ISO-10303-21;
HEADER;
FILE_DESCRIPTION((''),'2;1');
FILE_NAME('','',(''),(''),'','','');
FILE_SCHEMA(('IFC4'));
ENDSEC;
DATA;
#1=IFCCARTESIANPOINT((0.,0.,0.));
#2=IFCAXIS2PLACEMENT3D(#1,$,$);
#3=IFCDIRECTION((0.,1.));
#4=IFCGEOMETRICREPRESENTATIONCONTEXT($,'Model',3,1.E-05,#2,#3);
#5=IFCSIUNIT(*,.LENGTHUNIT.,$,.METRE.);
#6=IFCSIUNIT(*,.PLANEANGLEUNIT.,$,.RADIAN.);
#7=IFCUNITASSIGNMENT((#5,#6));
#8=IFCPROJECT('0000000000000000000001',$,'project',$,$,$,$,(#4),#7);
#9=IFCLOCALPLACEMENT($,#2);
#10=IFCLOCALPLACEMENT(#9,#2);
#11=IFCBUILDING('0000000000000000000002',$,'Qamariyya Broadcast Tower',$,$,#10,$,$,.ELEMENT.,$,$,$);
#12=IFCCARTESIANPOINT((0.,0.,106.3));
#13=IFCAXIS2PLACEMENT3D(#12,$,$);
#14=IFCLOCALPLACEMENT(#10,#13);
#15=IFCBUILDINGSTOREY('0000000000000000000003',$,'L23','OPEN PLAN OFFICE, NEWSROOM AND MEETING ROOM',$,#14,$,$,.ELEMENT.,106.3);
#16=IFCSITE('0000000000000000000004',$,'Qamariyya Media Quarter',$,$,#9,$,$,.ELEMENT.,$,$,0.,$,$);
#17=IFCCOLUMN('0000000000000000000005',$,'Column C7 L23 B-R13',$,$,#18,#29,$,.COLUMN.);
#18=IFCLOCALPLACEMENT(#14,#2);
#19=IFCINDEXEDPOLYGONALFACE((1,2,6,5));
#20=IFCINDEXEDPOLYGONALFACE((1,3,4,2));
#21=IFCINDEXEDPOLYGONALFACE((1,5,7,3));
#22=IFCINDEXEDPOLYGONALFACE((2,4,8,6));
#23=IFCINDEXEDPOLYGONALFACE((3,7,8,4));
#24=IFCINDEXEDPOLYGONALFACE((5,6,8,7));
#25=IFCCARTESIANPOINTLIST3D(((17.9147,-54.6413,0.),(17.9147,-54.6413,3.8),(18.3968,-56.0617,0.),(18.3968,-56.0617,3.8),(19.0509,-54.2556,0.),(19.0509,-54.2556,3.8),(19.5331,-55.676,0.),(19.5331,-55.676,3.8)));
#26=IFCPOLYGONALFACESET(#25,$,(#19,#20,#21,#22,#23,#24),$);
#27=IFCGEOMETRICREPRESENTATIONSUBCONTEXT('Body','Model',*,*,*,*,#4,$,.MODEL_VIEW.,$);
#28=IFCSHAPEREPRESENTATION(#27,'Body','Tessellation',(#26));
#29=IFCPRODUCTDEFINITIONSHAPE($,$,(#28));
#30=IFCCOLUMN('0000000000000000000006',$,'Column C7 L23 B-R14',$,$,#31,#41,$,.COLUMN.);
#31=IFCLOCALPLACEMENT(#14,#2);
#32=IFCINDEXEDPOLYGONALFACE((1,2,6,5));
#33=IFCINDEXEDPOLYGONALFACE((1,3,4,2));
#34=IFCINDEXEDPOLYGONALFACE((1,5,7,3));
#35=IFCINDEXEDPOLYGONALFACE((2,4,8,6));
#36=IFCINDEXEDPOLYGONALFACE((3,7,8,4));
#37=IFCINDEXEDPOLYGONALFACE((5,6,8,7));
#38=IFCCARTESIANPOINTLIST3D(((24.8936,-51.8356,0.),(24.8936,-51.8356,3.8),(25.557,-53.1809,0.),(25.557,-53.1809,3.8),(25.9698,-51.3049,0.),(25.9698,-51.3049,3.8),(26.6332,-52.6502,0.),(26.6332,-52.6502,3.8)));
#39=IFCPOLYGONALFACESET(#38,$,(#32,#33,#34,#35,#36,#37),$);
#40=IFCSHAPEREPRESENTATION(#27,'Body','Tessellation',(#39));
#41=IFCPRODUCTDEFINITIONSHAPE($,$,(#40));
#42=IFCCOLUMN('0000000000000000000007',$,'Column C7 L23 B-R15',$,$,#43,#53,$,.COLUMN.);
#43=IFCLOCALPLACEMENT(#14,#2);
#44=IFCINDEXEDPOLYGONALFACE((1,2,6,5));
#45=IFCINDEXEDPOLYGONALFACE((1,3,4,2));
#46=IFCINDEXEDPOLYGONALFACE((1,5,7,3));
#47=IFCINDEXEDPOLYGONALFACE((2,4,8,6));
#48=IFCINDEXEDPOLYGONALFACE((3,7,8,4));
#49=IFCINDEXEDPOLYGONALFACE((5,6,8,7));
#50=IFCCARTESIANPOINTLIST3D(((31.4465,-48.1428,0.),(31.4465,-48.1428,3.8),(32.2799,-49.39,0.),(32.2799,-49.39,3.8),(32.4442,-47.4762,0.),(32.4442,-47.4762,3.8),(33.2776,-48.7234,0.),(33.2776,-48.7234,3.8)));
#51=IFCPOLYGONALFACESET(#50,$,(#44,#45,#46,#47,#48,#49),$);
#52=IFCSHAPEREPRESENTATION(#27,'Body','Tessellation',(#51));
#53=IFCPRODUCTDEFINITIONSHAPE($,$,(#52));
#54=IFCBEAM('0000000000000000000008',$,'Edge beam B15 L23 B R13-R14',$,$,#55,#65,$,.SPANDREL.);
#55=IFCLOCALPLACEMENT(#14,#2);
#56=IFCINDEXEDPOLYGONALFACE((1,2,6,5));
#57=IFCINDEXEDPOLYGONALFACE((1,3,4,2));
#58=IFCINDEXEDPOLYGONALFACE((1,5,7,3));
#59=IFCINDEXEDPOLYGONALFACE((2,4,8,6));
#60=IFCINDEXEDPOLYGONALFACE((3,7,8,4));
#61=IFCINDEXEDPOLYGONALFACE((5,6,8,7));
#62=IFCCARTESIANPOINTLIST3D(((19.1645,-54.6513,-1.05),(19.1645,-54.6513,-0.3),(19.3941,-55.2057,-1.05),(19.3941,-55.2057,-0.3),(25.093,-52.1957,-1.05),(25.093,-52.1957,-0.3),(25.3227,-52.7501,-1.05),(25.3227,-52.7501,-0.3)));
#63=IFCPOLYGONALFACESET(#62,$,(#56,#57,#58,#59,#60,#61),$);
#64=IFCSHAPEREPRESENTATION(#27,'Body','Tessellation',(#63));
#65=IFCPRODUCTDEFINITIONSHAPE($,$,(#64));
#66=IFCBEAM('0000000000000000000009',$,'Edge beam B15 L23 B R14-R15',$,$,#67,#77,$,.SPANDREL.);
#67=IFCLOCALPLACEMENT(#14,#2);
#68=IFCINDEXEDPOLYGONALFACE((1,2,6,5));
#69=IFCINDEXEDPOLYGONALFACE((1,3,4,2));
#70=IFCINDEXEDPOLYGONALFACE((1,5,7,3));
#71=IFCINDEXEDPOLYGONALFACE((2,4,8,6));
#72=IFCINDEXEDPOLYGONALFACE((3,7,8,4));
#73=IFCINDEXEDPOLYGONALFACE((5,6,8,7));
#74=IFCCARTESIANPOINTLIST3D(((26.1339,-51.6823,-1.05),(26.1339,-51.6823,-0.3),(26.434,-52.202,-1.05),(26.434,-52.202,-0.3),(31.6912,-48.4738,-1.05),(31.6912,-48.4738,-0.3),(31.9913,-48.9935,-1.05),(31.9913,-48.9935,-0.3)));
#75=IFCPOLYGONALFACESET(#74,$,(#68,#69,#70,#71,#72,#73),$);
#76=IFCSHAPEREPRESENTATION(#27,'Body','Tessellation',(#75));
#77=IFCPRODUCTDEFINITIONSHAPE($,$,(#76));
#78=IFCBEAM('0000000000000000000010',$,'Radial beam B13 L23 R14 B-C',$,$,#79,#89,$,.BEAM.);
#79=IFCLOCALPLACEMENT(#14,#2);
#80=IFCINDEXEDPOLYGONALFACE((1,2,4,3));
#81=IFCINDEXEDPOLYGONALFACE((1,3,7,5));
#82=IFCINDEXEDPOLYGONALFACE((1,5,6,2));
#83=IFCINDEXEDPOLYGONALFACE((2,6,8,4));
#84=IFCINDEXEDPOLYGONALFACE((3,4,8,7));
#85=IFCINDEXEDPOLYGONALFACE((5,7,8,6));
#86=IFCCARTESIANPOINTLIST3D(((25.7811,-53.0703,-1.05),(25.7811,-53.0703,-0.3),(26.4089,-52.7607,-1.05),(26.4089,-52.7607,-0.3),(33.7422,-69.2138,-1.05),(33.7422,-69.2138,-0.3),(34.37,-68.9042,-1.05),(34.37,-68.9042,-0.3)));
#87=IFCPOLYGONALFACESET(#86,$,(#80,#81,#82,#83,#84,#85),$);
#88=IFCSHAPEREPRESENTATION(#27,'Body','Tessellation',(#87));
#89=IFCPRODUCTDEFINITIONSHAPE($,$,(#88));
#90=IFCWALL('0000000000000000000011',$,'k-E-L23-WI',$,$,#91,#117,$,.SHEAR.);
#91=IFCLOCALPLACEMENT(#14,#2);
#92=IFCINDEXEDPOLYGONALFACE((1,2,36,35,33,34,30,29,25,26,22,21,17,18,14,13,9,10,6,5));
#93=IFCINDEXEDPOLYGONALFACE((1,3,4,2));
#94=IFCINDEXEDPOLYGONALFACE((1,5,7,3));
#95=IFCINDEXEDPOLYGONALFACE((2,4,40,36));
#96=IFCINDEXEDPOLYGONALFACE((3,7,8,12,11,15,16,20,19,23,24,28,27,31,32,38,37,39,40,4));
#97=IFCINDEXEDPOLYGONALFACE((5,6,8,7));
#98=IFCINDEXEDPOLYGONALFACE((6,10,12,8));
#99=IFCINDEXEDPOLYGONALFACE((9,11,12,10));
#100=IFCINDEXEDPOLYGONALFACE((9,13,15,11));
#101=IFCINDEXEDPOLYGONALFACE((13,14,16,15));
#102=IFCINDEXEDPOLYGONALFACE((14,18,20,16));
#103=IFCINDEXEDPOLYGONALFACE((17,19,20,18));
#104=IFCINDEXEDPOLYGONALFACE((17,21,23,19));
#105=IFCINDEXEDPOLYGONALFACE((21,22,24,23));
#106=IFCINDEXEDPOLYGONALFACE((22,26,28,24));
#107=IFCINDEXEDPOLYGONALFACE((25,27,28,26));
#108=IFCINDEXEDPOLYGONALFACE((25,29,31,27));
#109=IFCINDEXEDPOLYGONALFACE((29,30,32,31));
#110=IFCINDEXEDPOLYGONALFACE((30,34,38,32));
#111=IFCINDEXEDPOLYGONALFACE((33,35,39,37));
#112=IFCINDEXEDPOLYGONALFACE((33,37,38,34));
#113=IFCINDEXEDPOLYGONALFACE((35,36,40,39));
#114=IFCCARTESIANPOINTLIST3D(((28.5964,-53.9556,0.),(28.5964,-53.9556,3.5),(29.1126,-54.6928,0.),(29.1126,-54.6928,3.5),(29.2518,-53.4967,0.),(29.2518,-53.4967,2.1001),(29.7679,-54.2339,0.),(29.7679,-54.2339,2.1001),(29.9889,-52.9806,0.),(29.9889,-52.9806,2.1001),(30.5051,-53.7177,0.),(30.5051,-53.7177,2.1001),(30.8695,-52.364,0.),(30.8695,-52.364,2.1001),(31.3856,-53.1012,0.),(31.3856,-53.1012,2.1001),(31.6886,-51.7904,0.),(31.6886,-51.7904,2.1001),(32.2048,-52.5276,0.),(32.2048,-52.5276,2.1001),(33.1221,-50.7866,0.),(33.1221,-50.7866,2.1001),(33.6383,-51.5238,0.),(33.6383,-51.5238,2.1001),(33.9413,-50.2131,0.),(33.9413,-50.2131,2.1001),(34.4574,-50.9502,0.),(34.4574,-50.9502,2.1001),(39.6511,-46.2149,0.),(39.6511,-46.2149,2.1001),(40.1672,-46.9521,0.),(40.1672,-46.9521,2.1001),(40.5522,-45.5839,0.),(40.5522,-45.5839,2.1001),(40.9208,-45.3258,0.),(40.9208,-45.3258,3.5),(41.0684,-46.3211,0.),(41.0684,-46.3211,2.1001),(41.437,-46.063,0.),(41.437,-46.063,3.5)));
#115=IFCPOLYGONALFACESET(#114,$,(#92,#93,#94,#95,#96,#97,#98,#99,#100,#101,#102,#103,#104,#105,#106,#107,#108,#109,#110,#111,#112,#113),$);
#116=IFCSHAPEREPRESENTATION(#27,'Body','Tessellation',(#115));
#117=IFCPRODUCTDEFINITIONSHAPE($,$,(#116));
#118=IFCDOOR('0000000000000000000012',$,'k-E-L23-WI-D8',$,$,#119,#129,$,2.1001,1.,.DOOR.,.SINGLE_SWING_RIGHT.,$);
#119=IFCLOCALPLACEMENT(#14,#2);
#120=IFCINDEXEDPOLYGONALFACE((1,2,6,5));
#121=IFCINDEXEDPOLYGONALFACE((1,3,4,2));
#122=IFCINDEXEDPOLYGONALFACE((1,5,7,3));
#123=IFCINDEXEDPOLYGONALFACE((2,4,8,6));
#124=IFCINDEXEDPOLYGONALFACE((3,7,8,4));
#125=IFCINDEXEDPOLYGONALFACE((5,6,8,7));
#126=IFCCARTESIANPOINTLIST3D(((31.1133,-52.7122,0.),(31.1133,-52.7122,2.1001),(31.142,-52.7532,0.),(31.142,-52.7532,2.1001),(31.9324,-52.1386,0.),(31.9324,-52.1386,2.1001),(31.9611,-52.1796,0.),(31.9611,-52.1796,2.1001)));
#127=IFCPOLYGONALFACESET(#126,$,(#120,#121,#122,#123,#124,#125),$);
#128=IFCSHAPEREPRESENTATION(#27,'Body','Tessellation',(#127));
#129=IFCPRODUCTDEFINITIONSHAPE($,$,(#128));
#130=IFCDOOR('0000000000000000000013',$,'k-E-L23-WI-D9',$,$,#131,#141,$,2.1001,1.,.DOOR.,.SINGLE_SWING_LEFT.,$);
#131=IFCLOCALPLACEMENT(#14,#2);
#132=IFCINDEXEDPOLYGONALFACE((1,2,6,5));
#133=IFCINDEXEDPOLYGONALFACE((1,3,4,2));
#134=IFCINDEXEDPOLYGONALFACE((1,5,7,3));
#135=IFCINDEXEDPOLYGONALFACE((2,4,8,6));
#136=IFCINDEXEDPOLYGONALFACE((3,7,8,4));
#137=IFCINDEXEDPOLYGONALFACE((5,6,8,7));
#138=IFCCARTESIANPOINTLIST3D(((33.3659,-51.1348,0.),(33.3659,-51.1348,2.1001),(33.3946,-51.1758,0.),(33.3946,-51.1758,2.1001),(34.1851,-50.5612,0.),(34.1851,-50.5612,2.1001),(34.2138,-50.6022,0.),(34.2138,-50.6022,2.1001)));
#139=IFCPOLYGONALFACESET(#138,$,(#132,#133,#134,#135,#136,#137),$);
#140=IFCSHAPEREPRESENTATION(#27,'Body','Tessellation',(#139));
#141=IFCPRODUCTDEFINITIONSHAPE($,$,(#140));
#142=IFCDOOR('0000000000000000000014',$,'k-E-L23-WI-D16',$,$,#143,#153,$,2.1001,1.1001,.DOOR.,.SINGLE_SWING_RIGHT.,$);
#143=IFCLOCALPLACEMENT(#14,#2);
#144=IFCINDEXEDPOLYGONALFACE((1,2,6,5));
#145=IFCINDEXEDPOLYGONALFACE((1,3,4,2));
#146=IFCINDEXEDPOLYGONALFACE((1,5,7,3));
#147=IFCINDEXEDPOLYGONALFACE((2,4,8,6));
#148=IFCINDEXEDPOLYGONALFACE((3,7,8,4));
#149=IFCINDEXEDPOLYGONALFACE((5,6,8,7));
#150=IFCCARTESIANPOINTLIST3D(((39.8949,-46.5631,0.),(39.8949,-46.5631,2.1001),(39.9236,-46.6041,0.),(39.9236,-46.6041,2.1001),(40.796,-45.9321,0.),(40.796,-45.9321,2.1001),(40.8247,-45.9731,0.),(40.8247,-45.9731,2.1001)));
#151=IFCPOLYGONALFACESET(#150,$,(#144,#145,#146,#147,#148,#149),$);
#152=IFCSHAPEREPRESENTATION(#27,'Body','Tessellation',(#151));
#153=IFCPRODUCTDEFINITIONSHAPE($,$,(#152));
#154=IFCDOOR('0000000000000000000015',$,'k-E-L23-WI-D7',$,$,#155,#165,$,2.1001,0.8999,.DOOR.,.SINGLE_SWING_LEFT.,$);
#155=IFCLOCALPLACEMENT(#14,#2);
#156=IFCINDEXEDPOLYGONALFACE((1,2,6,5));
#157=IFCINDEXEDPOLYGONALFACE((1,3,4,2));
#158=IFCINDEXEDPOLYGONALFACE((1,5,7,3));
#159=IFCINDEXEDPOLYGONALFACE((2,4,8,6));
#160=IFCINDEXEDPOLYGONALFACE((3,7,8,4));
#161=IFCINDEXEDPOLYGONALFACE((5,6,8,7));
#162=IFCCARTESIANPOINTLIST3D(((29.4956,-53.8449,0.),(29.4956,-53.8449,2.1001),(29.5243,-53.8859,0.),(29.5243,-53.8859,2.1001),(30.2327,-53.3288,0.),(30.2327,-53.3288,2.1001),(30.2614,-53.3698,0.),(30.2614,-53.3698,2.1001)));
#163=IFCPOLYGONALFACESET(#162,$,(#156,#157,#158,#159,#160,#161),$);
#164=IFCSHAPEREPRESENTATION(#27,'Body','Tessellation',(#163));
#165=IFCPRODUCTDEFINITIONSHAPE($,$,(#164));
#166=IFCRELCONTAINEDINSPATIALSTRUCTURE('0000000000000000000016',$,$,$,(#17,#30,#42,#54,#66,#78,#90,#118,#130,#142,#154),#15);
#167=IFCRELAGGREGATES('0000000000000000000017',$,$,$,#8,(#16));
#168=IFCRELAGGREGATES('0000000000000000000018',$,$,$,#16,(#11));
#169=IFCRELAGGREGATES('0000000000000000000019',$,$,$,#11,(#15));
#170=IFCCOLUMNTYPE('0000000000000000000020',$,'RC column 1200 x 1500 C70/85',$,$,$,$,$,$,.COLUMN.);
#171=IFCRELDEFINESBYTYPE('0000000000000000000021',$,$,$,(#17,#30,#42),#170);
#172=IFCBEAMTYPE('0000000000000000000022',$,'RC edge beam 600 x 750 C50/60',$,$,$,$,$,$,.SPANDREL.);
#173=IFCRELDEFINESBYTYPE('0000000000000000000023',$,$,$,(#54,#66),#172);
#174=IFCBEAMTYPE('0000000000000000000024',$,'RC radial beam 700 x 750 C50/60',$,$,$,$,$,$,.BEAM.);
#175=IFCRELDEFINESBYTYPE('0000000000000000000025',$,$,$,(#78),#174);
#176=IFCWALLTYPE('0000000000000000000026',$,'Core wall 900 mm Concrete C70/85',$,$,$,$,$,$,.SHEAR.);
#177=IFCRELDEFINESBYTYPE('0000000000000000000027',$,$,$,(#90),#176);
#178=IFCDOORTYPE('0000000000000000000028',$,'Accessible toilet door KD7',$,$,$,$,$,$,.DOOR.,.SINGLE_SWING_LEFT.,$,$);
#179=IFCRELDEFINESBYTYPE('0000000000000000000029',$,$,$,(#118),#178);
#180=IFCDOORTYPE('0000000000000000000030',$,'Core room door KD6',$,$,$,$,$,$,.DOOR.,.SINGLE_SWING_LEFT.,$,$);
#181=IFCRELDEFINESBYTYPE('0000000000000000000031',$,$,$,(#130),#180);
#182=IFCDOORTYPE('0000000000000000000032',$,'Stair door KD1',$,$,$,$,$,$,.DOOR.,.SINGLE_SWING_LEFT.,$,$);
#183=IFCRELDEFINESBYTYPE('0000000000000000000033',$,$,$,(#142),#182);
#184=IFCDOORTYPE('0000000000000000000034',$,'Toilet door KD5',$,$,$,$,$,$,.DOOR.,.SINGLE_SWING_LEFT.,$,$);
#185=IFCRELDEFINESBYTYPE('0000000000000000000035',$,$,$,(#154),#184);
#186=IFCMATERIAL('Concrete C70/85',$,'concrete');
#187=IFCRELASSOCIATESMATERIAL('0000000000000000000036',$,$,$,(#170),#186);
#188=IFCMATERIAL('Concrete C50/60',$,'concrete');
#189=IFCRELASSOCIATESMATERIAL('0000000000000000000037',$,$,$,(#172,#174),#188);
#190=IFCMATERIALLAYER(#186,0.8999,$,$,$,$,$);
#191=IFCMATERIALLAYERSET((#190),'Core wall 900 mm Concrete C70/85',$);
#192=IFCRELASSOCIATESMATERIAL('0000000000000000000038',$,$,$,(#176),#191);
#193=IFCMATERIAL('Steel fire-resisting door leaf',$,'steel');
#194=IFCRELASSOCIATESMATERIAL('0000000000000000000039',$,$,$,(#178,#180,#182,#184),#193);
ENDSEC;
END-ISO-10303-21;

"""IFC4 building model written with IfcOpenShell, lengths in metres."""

from ifc_helpers import new_model, si_unit, direction, frame, frame_2d, origin, origin_2d, place, context, subcontext, project, spatial, rectangle, extrude, material, layer, layer_set, material_profile, profile_set, type_object, element, fill, save


model = new_model("IFC4")

# Units and contexts
model_context = context("Model", 3, precision=1e-05, world=origin(), true_north=direction((0.0, 1.0)))
body_context = subcontext(model_context, "Body", "Model", "MODEL_VIEW")
ifc_project = project(units=[si_unit("LENGTHUNIT", "METRE"), si_unit("PLANEANGLEUNIT", "RADIAN")], contexts=[model_context])

# Site, building, storey
site_placement = place(None, origin())
site = spatial("IfcSite", under=ifc_project, at=site_placement, Name="Qamariyya Media Quarter", CompositionType="ELEMENT", RefElevation=0.0)
building_placement = place(site_placement, origin())
building = spatial("IfcBuilding", under=site, at=building_placement, Name="Qamariyya Broadcast Tower", CompositionType="ELEMENT")
storey_placement = place(building_placement, frame((0.0, 0.0, 106.3)))
storey = spatial("IfcBuildingStorey", under=building, at=storey_placement, Name="L23", Description="OPEN PLAN OFFICE, NEWSROOM AND MEETING ROOM", CompositionType="ELEMENT", Elevation=106.3)

# Columns
ifc_material_1 = material(Name="Concrete C70/85", Category="concrete")
ifc_material_profile_1 = material_profile(ifc_material_1, rectangle(XDim=1.2, YDim=1.5, at=origin_2d()))
ifc_profile_set_1 = profile_set([ifc_material_profile_1], Name="Concrete C70/85")
column_type = type_object("IfcColumnType", Name="RC column 1200 x 1500 C70/85", PredefinedType="COLUMN", material=ifc_profile_set_1)
for number, where, z_axis, x_axis, name in (
    (1, (18.7239, -55.1587, 0.0), (0.0, 0.0, 1.0), (0.94693, 0.321439, 0.0), "Column C7 L23 B-R13"),
    (2, (25.7634, -52.2429, 0.0), (0.0, 0.0, 1.0), (0.896873, 0.442289, 0.0), "Column C7 L23 B-R14"),
    (3, (32.3621, -48.4331, 0.0), (0.0, 0.0, 1.0), (0.83147, 0.55557, 0.0), "Column C7 L23 B-R15"),
):
    element("IfcColumn", number, at=place(storey_placement, frame(where, z_axis=z_axis, x_axis=x_axis)), inside=storey, type_object=column_type, Name=name, PredefinedType="COLUMN", context=body_context, shape_type="SweptSolid", body=[
        extrude(rectangle(XDim=1.2, YDim=1.5, at=origin_2d()), origin(), (0.0, 0.0, 1.0), 3.8),
    ])

# Beams
ifc_material_2 = material(Name="Concrete C50/60", Category="concrete")
ifc_material_profile_2 = material_profile(ifc_material_2, rectangle(XDim=0.6001, YDim=0.75, at=origin_2d()))
ifc_profile_set_2 = profile_set([ifc_material_profile_2], Name="Concrete C50/60")
beam_type_1 = type_object("IfcBeamType", Name="RC edge beam 600 x 750 C50/60", PredefinedType="SPANDREL", material=ifc_profile_set_2)
for number, where, z_axis, x_axis, name in (
    (4, (19.2793, -54.9285, -0.675), (0.923884, 0.382672, 0.0), (-0.382672, 0.923884, 0.0), "Edge beam B15 L23 B R13-R14"),
    (5, (26.2839, -51.9421, -0.675), (0.866029, 0.499994, 0.0), (-0.499994, 0.866029, 0.0), "Edge beam B15 L23 B R14-R15"),
):
    element("IfcBeam", number, at=place(storey_placement, frame(where, z_axis=z_axis, x_axis=x_axis)), inside=storey, type_object=beam_type_1, Name=name, PredefinedType="SPANDREL", context=body_context, shape_type="SweptSolid", body=[
        extrude(rectangle(XDim=0.6001, YDim=0.75, at=origin_2d()), origin(), (0.0, 0.0, 1.0), 6.417),
    ])
ifc_material_profile_3 = material_profile(ifc_material_2, rectangle(XDim=0.7, YDim=0.75, at=origin_2d()))
ifc_profile_set_3 = profile_set([ifc_material_profile_3], Name="Concrete C50/60")
beam_type_2 = type_object("IfcBeamType", Name="RC radial beam 700 x 750 C50/60", PredefinedType="BEAM", material=ifc_profile_set_3)
beam_placement = place(storey_placement, frame((26.095, -52.9155, -0.675), z_axis=(0.442291, -0.896871, 0.0), x_axis=(0.896871, 0.442291, 0.0)))
element("IfcBeam", 6, at=beam_placement, inside=storey, type_object=beam_type_2, Name="Radial beam B13 L23 R14 B-C", PredefinedType="BEAM", context=body_context, shape_type="SweptSolid", body=[
    extrude(rectangle(XDim=0.7, YDim=0.75, at=origin_2d()), origin(), (0.0, 0.0, 1.0), 17.9998),
])

# Wall, openings, doors
ifc_layer_1 = layer(ifc_material_1, 0.8999)
ifc_layer_set_1 = layer_set([ifc_layer_1], Name="Core wall 900 mm Concrete C70/85")
wall_type_1 = type_object("IfcWallType", Name="Core wall 900 mm Concrete C70/85", PredefinedType="SHEAR", material=ifc_layer_set_1)
wall_1_placement = place(storey_placement, frame((28.8545, -54.3242, 0.0), z_axis=(0.0, 0.0, 1.0), x_axis=(0.819146, 0.573585, 0.0)))
wall_1 = element("IfcWall", 7, at=wall_1_placement, inside=storey, type_object=wall_type_1, Name="k-E-L23-WI", PredefinedType="SHEAR", context=body_context, shape_type="SweptSolid", body=[
    extrude(rectangle(XDim=15.0454, YDim=0.8999, at=frame_2d((7.5227, 0.0))), origin(), (0.0, 0.0, 1.0), 3.5),
])
opening_1_placement = place(wall_1_placement, frame((0.8, 0.0, 0.0)))
opening_1 = element("IfcOpeningElement", 8, at=opening_1_placement, cuts=wall_1, PredefinedType="OPENING", context=body_context, shape_type="SweptSolid", body=[
    extrude(rectangle(XDim=0.8999, YDim=2.1001, at=frame_2d((0.45, 1.05))), frame((0.0, 0.46, 0.0), z_axis=(0.0, -1.0, 0.0), x_axis=(1.0, 0.0, 0.0)), (0.0, 0.0, 1.0), 0.9199),
])
opening_2_placement = place(wall_1_placement, frame((2.7749, 0.0, 0.0)))
opening_2 = element("IfcOpeningElement", 9, at=opening_2_placement, cuts=wall_1, PredefinedType="OPENING", context=body_context, shape_type="SweptSolid", body=[
    extrude(rectangle(XDim=1.0, YDim=2.1001, at=frame_2d((0.5, 1.05))), frame((0.0, 0.46, 0.0), z_axis=(0.0, -1.0, 0.0), x_axis=(1.0, 0.0, 0.0)), (0.0, 0.0, 1.0), 0.9199),
])
opening_3_placement = place(wall_1_placement, frame((5.5249, 0.0, 0.0)))
opening_3 = element("IfcOpeningElement", 10, at=opening_3_placement, cuts=wall_1, PredefinedType="OPENING", context=body_context, shape_type="SweptSolid", body=[
    extrude(rectangle(XDim=1.0, YDim=2.1001, at=frame_2d((0.5, 1.05))), frame((0.0, 0.46, 0.0), z_axis=(0.0, -1.0, 0.0), x_axis=(1.0, 0.0, 0.0)), (0.0, 0.0, 1.0), 0.9199),
])
opening_4_placement = place(wall_1_placement, frame((13.4954, 0.0, 0.0)))
opening_4 = element("IfcOpeningElement", 11, at=opening_4_placement, cuts=wall_1, PredefinedType="OPENING", context=body_context, shape_type="SweptSolid", body=[
    extrude(rectangle(XDim=1.1001, YDim=2.1001, at=frame_2d((0.55, 1.05))), frame((0.0, 0.46, 0.0), z_axis=(0.0, -1.0, 0.0), x_axis=(1.0, 0.0, 0.0)), (0.0, 0.0, 1.0), 0.9199),
])
ifc_material_3 = material(Name="Steel fire-resisting door leaf", Category="steel")
door_type_1 = type_object("IfcDoorType", Name="Accessible toilet door KD7", OperationType="SINGLE_SWING_LEFT", PredefinedType="DOOR", material=ifc_material_3)
door_1_placement = place(opening_2_placement, origin())
door_1 = element("IfcDoor", 12, at=door_1_placement, inside=storey, type_object=door_type_1, Name="k-E-L23-WI-D8", OperationType="SINGLE_SWING_RIGHT", OverallHeight=2.1001, OverallWidth=1.0, PredefinedType="DOOR", context=body_context, shape_type="SweptSolid", body=[
    extrude(rectangle(XDim=1.0, YDim=2.1001, at=frame_2d((0.5, 1.05))), frame((0.0, 0.0249, 0.0), z_axis=(0.0, -1.0, 0.0), x_axis=(1.0, 0.0, 0.0)), (0.0, 0.0, 1.0), 0.05),
])
fill(opening_2, door_1)
door_type_2 = type_object("IfcDoorType", Name="Core room door KD6", OperationType="SINGLE_SWING_LEFT", PredefinedType="DOOR", material=ifc_material_3)
door_2_placement = place(opening_3_placement, origin())
door_2 = element("IfcDoor", 13, at=door_2_placement, inside=storey, type_object=door_type_2, Name="k-E-L23-WI-D9", OperationType="SINGLE_SWING_LEFT", OverallHeight=2.1001, OverallWidth=1.0, PredefinedType="DOOR", context=body_context, shape_type="SweptSolid", body=[
    extrude(rectangle(XDim=1.0, YDim=2.1001, at=frame_2d((0.5, 1.05))), frame((0.0, 0.0249, 0.0), z_axis=(0.0, -1.0, 0.0), x_axis=(1.0, 0.0, 0.0)), (0.0, 0.0, 1.0), 0.05),
])
fill(opening_3, door_2)
door_type_3 = type_object("IfcDoorType", Name="Stair door KD1", OperationType="SINGLE_SWING_LEFT", PredefinedType="DOOR", material=ifc_material_3)
door_3_placement = place(opening_4_placement, origin())
door_3 = element("IfcDoor", 14, at=door_3_placement, inside=storey, type_object=door_type_3, Name="k-E-L23-WI-D16", OperationType="SINGLE_SWING_RIGHT", OverallHeight=2.1001, OverallWidth=1.1001, PredefinedType="DOOR", context=body_context, shape_type="SweptSolid", body=[
    extrude(rectangle(XDim=1.1001, YDim=2.1001, at=frame_2d((0.55, 1.05))), frame((0.0, 0.0249, 0.0), z_axis=(0.0, -1.0, 0.0), x_axis=(1.0, 0.0, 0.0)), (0.0, 0.0, 1.0), 0.05),
])
fill(opening_4, door_3)
door_type_4 = type_object("IfcDoorType", Name="Toilet door KD5", OperationType="SINGLE_SWING_LEFT", PredefinedType="DOOR", material=ifc_material_3)
door_4_placement = place(opening_1_placement, origin())
door_4 = element("IfcDoor", 15, at=door_4_placement, inside=storey, type_object=door_type_4, Name="k-E-L23-WI-D7", OperationType="SINGLE_SWING_LEFT", OverallHeight=2.1001, OverallWidth=0.8999, PredefinedType="DOOR", context=body_context, shape_type="SweptSolid", body=[
    extrude(rectangle(XDim=0.8999, YDim=2.1001, at=frame_2d((0.45, 1.05))), frame((0.0, 0.0249, 0.0), z_axis=(0.0, -1.0, 0.0), x_axis=(1.0, 0.0, 0.0)), (0.0, 0.0, 1.0), 0.05),
])
fill(opening_1, door_4)

save(model, "model.ifc")
